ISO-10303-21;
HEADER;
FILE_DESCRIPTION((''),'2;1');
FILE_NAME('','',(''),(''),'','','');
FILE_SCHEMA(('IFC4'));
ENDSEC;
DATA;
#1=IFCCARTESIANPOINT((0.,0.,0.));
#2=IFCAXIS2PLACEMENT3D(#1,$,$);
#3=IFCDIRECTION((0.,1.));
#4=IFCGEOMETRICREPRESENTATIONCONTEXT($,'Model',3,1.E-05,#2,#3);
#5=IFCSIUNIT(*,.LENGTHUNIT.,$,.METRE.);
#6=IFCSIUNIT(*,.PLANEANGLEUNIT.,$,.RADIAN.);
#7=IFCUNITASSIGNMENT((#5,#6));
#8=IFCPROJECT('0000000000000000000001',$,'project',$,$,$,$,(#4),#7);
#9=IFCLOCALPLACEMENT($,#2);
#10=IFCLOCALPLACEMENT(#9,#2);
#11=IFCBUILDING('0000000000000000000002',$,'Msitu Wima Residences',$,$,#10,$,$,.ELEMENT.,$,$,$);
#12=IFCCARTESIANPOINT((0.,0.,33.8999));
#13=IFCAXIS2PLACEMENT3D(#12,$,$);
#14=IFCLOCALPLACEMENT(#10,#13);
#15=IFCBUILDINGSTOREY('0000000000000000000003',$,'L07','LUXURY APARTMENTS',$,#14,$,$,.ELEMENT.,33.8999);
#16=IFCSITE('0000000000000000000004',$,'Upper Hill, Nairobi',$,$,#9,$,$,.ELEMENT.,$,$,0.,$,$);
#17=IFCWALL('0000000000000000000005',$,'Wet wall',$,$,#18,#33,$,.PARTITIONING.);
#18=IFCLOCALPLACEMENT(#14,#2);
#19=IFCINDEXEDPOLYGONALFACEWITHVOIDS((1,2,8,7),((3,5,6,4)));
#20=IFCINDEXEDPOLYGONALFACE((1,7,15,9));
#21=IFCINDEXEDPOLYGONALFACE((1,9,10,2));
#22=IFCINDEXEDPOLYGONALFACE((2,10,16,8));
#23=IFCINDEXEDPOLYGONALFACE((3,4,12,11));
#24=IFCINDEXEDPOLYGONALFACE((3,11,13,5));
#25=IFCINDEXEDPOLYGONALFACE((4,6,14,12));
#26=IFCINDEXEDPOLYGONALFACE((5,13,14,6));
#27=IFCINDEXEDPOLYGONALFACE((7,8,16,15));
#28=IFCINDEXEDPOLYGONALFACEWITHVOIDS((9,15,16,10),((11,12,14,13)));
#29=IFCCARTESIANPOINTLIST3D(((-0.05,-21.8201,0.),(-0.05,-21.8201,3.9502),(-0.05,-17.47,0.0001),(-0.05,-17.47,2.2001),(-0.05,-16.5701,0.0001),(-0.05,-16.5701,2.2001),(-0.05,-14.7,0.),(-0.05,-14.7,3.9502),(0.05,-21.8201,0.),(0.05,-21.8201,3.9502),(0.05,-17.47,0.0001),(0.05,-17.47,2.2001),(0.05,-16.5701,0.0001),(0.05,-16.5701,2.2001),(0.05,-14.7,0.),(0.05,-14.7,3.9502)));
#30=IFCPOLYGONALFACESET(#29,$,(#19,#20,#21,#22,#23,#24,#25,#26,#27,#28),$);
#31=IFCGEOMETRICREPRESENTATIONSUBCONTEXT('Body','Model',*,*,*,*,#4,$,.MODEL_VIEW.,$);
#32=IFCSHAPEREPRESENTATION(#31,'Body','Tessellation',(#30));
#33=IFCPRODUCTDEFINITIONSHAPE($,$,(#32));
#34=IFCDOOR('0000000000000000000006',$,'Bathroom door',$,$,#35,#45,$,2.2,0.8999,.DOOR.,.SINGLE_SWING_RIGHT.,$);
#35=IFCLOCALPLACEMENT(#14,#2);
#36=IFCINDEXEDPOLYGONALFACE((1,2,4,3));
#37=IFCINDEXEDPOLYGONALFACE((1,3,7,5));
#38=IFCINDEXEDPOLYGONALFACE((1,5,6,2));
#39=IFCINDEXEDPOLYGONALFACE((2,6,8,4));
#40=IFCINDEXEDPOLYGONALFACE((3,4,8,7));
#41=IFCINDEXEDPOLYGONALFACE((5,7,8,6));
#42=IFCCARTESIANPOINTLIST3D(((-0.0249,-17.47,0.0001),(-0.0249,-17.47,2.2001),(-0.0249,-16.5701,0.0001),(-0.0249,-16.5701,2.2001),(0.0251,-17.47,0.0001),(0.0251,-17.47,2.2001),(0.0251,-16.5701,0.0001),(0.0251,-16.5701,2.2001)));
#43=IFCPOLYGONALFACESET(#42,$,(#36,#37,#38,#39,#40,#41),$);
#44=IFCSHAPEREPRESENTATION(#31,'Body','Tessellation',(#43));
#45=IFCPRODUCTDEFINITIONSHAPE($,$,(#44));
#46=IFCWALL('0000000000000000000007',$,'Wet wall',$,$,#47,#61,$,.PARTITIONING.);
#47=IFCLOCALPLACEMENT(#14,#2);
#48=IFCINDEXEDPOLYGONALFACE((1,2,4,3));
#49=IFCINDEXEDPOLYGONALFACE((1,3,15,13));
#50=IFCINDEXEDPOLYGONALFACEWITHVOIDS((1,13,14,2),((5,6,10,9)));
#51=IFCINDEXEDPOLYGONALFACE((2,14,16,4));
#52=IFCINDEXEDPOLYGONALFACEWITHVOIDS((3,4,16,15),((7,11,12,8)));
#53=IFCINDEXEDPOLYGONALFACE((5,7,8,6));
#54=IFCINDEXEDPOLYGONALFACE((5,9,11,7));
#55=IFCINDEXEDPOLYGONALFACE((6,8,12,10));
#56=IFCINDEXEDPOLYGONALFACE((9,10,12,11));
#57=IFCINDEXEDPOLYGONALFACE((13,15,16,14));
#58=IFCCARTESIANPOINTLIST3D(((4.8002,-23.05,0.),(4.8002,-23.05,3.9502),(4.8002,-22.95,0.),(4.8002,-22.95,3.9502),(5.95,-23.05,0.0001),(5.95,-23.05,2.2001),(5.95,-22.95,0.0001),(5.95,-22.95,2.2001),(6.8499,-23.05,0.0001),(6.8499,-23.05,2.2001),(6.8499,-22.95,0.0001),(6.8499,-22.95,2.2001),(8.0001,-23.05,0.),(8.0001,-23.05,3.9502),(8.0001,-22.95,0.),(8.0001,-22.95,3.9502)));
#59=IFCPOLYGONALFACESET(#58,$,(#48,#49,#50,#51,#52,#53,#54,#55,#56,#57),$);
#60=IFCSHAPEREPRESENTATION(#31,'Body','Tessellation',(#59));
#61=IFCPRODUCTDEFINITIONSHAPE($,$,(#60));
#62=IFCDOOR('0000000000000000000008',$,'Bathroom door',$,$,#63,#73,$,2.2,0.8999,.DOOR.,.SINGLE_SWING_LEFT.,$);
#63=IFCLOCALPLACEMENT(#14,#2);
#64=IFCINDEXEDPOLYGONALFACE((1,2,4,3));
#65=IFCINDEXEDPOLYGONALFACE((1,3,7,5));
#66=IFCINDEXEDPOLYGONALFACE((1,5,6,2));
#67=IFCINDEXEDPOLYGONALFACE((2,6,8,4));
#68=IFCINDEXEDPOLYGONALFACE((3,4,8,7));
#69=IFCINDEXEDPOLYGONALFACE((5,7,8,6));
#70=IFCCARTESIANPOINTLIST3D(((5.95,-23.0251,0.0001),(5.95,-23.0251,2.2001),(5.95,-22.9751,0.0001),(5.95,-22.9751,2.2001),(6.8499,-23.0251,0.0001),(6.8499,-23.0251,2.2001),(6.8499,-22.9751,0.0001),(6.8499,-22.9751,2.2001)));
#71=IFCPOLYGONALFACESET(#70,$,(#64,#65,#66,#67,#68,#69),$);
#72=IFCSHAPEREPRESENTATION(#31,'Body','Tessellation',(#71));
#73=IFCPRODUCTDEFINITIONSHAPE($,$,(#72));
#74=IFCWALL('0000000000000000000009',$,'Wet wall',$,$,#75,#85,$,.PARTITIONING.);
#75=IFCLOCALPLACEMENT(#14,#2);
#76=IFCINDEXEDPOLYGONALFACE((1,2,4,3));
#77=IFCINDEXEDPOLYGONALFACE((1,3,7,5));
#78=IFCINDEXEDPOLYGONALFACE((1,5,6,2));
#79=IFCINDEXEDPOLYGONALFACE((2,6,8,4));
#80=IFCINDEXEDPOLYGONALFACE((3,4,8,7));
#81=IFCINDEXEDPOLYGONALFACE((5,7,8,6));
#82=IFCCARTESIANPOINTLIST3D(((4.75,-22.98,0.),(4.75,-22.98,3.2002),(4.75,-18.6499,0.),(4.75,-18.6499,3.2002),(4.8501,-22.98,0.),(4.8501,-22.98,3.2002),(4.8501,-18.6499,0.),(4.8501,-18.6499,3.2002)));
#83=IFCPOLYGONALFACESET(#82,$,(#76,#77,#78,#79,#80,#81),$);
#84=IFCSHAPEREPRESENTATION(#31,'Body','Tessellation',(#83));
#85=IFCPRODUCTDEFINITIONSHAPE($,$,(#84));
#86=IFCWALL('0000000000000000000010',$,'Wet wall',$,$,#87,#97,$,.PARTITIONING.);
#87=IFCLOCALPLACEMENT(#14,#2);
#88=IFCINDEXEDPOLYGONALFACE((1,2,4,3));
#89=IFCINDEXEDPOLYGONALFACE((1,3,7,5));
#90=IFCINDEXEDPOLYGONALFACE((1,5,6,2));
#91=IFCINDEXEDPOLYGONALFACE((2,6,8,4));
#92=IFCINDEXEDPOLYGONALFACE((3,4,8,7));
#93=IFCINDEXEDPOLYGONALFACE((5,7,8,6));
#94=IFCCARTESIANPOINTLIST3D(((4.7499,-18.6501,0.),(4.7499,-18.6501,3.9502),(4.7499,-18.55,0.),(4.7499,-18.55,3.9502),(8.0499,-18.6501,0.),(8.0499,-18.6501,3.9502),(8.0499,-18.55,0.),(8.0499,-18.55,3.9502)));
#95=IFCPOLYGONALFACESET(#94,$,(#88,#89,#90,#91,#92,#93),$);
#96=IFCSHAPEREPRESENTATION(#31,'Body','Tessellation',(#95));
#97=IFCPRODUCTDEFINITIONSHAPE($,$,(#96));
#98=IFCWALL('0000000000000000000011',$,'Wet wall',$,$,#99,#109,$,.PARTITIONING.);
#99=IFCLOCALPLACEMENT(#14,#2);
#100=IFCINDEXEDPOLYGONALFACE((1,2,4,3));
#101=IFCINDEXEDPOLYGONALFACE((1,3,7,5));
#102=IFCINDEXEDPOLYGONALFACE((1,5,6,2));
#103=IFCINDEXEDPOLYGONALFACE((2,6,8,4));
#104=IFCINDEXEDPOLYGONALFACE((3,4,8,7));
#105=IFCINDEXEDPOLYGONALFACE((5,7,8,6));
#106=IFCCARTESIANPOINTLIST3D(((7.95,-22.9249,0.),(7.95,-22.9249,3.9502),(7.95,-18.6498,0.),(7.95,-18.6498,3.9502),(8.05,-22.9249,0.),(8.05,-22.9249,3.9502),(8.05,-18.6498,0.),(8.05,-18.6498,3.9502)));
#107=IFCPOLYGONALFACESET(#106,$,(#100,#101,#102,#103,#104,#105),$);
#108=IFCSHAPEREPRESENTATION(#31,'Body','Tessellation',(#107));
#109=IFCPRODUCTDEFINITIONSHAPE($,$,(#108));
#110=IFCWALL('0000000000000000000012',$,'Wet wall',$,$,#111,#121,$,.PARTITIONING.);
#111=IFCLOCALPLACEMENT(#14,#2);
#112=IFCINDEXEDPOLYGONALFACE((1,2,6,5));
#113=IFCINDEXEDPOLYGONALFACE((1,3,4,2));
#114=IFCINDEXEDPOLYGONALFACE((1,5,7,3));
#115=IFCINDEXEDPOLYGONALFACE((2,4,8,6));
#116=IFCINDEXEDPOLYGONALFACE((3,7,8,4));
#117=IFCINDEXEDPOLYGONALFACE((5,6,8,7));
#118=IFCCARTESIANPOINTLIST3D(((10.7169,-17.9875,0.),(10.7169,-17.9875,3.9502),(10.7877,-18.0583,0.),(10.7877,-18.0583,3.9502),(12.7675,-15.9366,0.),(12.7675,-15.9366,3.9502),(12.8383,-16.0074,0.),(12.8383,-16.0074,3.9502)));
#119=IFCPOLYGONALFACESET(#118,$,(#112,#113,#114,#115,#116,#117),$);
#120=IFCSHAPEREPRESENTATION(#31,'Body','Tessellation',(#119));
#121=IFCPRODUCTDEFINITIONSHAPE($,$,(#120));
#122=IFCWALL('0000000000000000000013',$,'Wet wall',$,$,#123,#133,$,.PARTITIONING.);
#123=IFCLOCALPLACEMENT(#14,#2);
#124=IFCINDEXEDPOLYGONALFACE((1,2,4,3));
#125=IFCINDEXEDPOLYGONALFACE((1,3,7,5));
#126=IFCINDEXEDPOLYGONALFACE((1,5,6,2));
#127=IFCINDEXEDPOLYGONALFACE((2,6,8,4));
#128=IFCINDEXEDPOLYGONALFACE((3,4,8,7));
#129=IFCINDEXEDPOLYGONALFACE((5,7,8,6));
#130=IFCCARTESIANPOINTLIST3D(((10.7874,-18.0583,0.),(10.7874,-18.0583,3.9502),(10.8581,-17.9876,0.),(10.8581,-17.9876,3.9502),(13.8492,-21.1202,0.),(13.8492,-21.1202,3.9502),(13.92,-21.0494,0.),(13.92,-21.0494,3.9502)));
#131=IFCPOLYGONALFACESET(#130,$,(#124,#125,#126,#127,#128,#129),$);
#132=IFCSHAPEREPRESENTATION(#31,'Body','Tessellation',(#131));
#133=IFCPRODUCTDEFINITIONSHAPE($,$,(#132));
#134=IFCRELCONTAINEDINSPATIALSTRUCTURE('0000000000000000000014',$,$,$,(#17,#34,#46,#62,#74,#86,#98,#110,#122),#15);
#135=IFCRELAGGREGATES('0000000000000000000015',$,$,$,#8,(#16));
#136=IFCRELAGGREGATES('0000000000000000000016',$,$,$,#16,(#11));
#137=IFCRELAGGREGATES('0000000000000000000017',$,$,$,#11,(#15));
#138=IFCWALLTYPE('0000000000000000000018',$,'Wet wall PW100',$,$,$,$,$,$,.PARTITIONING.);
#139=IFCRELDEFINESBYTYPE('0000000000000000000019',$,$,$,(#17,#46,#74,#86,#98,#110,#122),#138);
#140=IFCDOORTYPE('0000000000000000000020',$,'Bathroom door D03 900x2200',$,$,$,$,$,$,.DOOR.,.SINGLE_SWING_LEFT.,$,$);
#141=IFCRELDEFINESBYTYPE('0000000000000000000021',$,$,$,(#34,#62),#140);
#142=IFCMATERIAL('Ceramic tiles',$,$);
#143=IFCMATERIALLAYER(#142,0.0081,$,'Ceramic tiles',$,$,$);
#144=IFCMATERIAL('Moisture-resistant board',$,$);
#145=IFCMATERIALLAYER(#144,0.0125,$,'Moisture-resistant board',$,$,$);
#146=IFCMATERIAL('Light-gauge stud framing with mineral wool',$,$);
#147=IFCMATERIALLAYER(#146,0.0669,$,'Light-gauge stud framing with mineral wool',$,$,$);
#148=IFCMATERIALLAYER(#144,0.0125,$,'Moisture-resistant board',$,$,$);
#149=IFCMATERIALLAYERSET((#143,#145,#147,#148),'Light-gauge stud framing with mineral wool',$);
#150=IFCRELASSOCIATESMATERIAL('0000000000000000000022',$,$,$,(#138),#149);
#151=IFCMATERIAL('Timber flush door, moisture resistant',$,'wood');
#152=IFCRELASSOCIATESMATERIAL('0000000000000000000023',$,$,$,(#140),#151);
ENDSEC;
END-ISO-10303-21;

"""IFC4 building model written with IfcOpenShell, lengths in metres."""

from ifc_helpers import new_model, si_unit, direction, frame, frame_2d, origin, place, context, subcontext, project, spatial, rectangle, extrude, material, layer, layer_set, type_object, element, fill, save


model = new_model("IFC4")

# Units and contexts
model_context = context("Model", 3, precision=1e-05, world=origin(), true_north=direction((0.0, 1.0)))
body_context = subcontext(model_context, "Body", "Model", "MODEL_VIEW")
ifc_project = project(units=[si_unit("LENGTHUNIT", "METRE"), si_unit("PLANEANGLEUNIT", "RADIAN")], contexts=[model_context])

# Site, building, storey
site_placement = place(None, origin())
site = spatial("IfcSite", under=ifc_project, at=site_placement, Name="Upper Hill, Nairobi", CompositionType="ELEMENT", RefElevation=0.0)
building_placement = place(site_placement, origin())
building = spatial("IfcBuilding", under=site, at=building_placement, Name="Msitu Wima Residences", CompositionType="ELEMENT")
storey_placement = place(building_placement, frame((0.0, 0.0, 33.8999)))
storey = spatial("IfcBuildingStorey", under=building, at=storey_placement, Name="L07", Description="LUXURY APARTMENTS", CompositionType="ELEMENT", Elevation=33.8999)

# Walls, openings, doors
ifc_material_1 = material(Name="Ceramic tiles")
ifc_layer_1 = layer(ifc_material_1, 0.0081, Name="Ceramic tiles")
ifc_material_2 = material(Name="Moisture-resistant board")
ifc_layer_2 = layer(ifc_material_2, 0.0125, Name="Moisture-resistant board")
ifc_material_3 = material(Name="Light-gauge stud framing with mineral wool")
ifc_layer_3 = layer(ifc_material_3, 0.0669, Name="Light-gauge stud framing with mineral wool")
ifc_layer_4 = layer(ifc_material_2, 0.0125, Name="Moisture-resistant board")
ifc_layer_set_1 = layer_set([ifc_layer_1, ifc_layer_2, ifc_layer_3, ifc_layer_4], Name="Light-gauge stud framing with mineral wool")
wall_type_1 = type_object("IfcWallType", Name="Wet wall PW100", PredefinedType="PARTITIONING", material=ifc_layer_set_1)
wall_1_placement = place(storey_placement, frame((0.0, -21.8201, 0.0), z_axis=(0.0, 0.0, 1.0), x_axis=(0.0, 1.0, 0.0)))
wall_1 = element("IfcWall", 1, at=wall_1_placement, inside=storey, type_object=wall_type_1, Name="Wet wall", PredefinedType="PARTITIONING", context=body_context, shape_type="SweptSolid", body=[
    extrude(rectangle(XDim=7.1201, YDim=0.1001, at=frame_2d((3.5601, 0.0))), origin(), (0.0, 0.0, 1.0), 3.9502),
])
opening_1_placement = place(wall_1_placement, frame((4.3501, 0.0, 0.0)))
opening_1 = element("IfcOpeningElement", 2, at=opening_1_placement, cuts=wall_1, PredefinedType="OPENING", context=body_context, shape_type="SweptSolid", body=[
    extrude(rectangle(XDim=0.8999, YDim=2.2, at=frame_2d((0.45, 1.1001))), frame((0.0, 0.0601, 0.0), z_axis=(0.0, -1.0, 0.0), x_axis=(1.0, 0.0, 0.0)), (0.0, 0.0, 1.0), 0.1201),
])
ifc_material_4 = material(Name="Timber flush door, moisture resistant", Category="wood")
door_type_1 = type_object("IfcDoorType", Name="Bathroom door D03 900x2200", OperationType="SINGLE_SWING_LEFT", PredefinedType="DOOR", material=ifc_material_4)
door_1_placement = place(opening_1_placement, origin())
door_1 = element("IfcDoor", 3, at=door_1_placement, inside=storey, type_object=door_type_1, Name="Bathroom door", OperationType="SINGLE_SWING_RIGHT", OverallHeight=2.2, OverallWidth=0.8999, PredefinedType="DOOR", context=body_context, shape_type="SweptSolid", body=[
    extrude(rectangle(XDim=0.8999, YDim=2.2, at=frame_2d((0.45, 1.1001))), frame((0.0, 0.0249, 0.0), z_axis=(0.0, -1.0, 0.0), x_axis=(1.0, 0.0, 0.0)), (0.0, 0.0, 1.0), 0.05),
])
fill(opening_1, door_1)
wall_2_placement = place(storey_placement, frame((4.8, -23.0, 0.0), z_axis=(0.0, 0.0, 1.0), x_axis=(1.0, 0.0, 0.0)))
wall_2 = element("IfcWall", 4, at=wall_2_placement, inside=storey, type_object=wall_type_1, Name="Wet wall", PredefinedType="PARTITIONING", context=body_context, shape_type="SweptSolid", body=[
    extrude(rectangle(XDim=3.2, YDim=0.1001, at=frame_2d((1.6001, 0.0))), origin(), (0.0, 0.0, 1.0), 3.9502),
])
opening_2_placement = place(wall_2_placement, frame((1.1499, 0.0, 0.0)))
opening_2 = element("IfcOpeningElement", 5, at=opening_2_placement, cuts=wall_2, PredefinedType="OPENING", context=body_context, shape_type="SweptSolid", body=[
    extrude(rectangle(XDim=0.8999, YDim=2.2, at=frame_2d((0.45, 1.1001))), frame((0.0, 0.0601, 0.0), z_axis=(0.0, -1.0, 0.0), x_axis=(1.0, 0.0, 0.0)), (0.0, 0.0, 1.0), 0.1201),
])
door_2_placement = place(opening_2_placement, origin())
door_2 = element("IfcDoor", 6, at=door_2_placement, inside=storey, type_object=door_type_1, Name="Bathroom door", OperationType="SINGLE_SWING_LEFT", OverallHeight=2.2, OverallWidth=0.8999, PredefinedType="DOOR", context=body_context, shape_type="SweptSolid", body=[
    extrude(rectangle(XDim=0.8999, YDim=2.2, at=frame_2d((0.45, 1.1001))), frame((0.0, 0.0249, 0.0), z_axis=(0.0, -1.0, 0.0), x_axis=(1.0, 0.0, 0.0)), (0.0, 0.0, 1.0), 0.05),
])
fill(opening_2, door_2)

# Walls
wall_3_placement = place(storey_placement, frame((4.8, -22.98, 0.0), z_axis=(0.0, 0.0, 1.0), x_axis=(0.0, 1.0, 0.0)))
element("IfcWall", 7, at=wall_3_placement, inside=storey, type_object=wall_type_1, Name="Wet wall", PredefinedType="PARTITIONING", context=body_context, shape_type="SweptSolid", body=[
    extrude(rectangle(XDim=4.3301, YDim=0.1001, at=frame_2d((2.165, 0.0))), origin(), (0.0, 0.0, 1.0), 3.2002),
])
wall_4_placement = place(storey_placement, frame((4.75, -18.6001, 0.0), z_axis=(0.0, 0.0, 1.0), x_axis=(1.0, 0.0, 0.0)))
element("IfcWall", 8, at=wall_4_placement, inside=storey, type_object=wall_type_1, Name="Wet wall", PredefinedType="PARTITIONING", context=body_context, shape_type="SweptSolid", body=[
    extrude(rectangle(XDim=3.3, YDim=0.1001, at=frame_2d((1.6499, 0.0))), origin(), (0.0, 0.0, 1.0), 3.9502),
])
wall_5_placement = place(storey_placement, frame((8.0, -22.925, 0.0), z_axis=(0.0, 0.0, 1.0), x_axis=(0.0, 1.0, 0.0)))
element("IfcWall", 9, at=wall_5_placement, inside=storey, type_object=wall_type_1, Name="Wet wall", PredefinedType="PARTITIONING", context=body_context, shape_type="SweptSolid", body=[
    extrude(rectangle(XDim=4.2751, YDim=0.1001, at=frame_2d((2.1377, 0.0))), origin(), (0.0, 0.0, 1.0), 3.9502),
])
wall_6_placement = place(storey_placement, frame((10.7522, -18.0229, 0.0), z_axis=(0.0, 0.0, 1.0), x_axis=(0.707065, 0.707149, 0.0)))
element("IfcWall", 10, at=wall_6_placement, inside=storey, type_object=wall_type_1, Name="Wet wall", PredefinedType="PARTITIONING", context=body_context, shape_type="SweptSolid", body=[
    extrude(rectangle(XDim=2.9001, YDim=0.1001, at=frame_2d((1.4502, 0.0))), origin(), (0.0, 0.0, 1.0), 3.9502),
])
wall_7_placement = place(storey_placement, frame((10.8228, -18.0229, 0.0), z_axis=(0.0, 0.0, 1.0), x_axis=(0.707107, -0.707107, 0.0)))
element("IfcWall", 11, at=wall_7_placement, inside=storey, type_object=wall_type_1, Name="Wet wall", PredefinedType="PARTITIONING", context=body_context, shape_type="SweptSolid", body=[
    extrude(rectangle(XDim=4.3301, YDim=0.1001, at=frame_2d((2.165, 0.0))), origin(), (0.0, 0.0, 1.0), 3.9502),
])

save(model, "model.ifc")
